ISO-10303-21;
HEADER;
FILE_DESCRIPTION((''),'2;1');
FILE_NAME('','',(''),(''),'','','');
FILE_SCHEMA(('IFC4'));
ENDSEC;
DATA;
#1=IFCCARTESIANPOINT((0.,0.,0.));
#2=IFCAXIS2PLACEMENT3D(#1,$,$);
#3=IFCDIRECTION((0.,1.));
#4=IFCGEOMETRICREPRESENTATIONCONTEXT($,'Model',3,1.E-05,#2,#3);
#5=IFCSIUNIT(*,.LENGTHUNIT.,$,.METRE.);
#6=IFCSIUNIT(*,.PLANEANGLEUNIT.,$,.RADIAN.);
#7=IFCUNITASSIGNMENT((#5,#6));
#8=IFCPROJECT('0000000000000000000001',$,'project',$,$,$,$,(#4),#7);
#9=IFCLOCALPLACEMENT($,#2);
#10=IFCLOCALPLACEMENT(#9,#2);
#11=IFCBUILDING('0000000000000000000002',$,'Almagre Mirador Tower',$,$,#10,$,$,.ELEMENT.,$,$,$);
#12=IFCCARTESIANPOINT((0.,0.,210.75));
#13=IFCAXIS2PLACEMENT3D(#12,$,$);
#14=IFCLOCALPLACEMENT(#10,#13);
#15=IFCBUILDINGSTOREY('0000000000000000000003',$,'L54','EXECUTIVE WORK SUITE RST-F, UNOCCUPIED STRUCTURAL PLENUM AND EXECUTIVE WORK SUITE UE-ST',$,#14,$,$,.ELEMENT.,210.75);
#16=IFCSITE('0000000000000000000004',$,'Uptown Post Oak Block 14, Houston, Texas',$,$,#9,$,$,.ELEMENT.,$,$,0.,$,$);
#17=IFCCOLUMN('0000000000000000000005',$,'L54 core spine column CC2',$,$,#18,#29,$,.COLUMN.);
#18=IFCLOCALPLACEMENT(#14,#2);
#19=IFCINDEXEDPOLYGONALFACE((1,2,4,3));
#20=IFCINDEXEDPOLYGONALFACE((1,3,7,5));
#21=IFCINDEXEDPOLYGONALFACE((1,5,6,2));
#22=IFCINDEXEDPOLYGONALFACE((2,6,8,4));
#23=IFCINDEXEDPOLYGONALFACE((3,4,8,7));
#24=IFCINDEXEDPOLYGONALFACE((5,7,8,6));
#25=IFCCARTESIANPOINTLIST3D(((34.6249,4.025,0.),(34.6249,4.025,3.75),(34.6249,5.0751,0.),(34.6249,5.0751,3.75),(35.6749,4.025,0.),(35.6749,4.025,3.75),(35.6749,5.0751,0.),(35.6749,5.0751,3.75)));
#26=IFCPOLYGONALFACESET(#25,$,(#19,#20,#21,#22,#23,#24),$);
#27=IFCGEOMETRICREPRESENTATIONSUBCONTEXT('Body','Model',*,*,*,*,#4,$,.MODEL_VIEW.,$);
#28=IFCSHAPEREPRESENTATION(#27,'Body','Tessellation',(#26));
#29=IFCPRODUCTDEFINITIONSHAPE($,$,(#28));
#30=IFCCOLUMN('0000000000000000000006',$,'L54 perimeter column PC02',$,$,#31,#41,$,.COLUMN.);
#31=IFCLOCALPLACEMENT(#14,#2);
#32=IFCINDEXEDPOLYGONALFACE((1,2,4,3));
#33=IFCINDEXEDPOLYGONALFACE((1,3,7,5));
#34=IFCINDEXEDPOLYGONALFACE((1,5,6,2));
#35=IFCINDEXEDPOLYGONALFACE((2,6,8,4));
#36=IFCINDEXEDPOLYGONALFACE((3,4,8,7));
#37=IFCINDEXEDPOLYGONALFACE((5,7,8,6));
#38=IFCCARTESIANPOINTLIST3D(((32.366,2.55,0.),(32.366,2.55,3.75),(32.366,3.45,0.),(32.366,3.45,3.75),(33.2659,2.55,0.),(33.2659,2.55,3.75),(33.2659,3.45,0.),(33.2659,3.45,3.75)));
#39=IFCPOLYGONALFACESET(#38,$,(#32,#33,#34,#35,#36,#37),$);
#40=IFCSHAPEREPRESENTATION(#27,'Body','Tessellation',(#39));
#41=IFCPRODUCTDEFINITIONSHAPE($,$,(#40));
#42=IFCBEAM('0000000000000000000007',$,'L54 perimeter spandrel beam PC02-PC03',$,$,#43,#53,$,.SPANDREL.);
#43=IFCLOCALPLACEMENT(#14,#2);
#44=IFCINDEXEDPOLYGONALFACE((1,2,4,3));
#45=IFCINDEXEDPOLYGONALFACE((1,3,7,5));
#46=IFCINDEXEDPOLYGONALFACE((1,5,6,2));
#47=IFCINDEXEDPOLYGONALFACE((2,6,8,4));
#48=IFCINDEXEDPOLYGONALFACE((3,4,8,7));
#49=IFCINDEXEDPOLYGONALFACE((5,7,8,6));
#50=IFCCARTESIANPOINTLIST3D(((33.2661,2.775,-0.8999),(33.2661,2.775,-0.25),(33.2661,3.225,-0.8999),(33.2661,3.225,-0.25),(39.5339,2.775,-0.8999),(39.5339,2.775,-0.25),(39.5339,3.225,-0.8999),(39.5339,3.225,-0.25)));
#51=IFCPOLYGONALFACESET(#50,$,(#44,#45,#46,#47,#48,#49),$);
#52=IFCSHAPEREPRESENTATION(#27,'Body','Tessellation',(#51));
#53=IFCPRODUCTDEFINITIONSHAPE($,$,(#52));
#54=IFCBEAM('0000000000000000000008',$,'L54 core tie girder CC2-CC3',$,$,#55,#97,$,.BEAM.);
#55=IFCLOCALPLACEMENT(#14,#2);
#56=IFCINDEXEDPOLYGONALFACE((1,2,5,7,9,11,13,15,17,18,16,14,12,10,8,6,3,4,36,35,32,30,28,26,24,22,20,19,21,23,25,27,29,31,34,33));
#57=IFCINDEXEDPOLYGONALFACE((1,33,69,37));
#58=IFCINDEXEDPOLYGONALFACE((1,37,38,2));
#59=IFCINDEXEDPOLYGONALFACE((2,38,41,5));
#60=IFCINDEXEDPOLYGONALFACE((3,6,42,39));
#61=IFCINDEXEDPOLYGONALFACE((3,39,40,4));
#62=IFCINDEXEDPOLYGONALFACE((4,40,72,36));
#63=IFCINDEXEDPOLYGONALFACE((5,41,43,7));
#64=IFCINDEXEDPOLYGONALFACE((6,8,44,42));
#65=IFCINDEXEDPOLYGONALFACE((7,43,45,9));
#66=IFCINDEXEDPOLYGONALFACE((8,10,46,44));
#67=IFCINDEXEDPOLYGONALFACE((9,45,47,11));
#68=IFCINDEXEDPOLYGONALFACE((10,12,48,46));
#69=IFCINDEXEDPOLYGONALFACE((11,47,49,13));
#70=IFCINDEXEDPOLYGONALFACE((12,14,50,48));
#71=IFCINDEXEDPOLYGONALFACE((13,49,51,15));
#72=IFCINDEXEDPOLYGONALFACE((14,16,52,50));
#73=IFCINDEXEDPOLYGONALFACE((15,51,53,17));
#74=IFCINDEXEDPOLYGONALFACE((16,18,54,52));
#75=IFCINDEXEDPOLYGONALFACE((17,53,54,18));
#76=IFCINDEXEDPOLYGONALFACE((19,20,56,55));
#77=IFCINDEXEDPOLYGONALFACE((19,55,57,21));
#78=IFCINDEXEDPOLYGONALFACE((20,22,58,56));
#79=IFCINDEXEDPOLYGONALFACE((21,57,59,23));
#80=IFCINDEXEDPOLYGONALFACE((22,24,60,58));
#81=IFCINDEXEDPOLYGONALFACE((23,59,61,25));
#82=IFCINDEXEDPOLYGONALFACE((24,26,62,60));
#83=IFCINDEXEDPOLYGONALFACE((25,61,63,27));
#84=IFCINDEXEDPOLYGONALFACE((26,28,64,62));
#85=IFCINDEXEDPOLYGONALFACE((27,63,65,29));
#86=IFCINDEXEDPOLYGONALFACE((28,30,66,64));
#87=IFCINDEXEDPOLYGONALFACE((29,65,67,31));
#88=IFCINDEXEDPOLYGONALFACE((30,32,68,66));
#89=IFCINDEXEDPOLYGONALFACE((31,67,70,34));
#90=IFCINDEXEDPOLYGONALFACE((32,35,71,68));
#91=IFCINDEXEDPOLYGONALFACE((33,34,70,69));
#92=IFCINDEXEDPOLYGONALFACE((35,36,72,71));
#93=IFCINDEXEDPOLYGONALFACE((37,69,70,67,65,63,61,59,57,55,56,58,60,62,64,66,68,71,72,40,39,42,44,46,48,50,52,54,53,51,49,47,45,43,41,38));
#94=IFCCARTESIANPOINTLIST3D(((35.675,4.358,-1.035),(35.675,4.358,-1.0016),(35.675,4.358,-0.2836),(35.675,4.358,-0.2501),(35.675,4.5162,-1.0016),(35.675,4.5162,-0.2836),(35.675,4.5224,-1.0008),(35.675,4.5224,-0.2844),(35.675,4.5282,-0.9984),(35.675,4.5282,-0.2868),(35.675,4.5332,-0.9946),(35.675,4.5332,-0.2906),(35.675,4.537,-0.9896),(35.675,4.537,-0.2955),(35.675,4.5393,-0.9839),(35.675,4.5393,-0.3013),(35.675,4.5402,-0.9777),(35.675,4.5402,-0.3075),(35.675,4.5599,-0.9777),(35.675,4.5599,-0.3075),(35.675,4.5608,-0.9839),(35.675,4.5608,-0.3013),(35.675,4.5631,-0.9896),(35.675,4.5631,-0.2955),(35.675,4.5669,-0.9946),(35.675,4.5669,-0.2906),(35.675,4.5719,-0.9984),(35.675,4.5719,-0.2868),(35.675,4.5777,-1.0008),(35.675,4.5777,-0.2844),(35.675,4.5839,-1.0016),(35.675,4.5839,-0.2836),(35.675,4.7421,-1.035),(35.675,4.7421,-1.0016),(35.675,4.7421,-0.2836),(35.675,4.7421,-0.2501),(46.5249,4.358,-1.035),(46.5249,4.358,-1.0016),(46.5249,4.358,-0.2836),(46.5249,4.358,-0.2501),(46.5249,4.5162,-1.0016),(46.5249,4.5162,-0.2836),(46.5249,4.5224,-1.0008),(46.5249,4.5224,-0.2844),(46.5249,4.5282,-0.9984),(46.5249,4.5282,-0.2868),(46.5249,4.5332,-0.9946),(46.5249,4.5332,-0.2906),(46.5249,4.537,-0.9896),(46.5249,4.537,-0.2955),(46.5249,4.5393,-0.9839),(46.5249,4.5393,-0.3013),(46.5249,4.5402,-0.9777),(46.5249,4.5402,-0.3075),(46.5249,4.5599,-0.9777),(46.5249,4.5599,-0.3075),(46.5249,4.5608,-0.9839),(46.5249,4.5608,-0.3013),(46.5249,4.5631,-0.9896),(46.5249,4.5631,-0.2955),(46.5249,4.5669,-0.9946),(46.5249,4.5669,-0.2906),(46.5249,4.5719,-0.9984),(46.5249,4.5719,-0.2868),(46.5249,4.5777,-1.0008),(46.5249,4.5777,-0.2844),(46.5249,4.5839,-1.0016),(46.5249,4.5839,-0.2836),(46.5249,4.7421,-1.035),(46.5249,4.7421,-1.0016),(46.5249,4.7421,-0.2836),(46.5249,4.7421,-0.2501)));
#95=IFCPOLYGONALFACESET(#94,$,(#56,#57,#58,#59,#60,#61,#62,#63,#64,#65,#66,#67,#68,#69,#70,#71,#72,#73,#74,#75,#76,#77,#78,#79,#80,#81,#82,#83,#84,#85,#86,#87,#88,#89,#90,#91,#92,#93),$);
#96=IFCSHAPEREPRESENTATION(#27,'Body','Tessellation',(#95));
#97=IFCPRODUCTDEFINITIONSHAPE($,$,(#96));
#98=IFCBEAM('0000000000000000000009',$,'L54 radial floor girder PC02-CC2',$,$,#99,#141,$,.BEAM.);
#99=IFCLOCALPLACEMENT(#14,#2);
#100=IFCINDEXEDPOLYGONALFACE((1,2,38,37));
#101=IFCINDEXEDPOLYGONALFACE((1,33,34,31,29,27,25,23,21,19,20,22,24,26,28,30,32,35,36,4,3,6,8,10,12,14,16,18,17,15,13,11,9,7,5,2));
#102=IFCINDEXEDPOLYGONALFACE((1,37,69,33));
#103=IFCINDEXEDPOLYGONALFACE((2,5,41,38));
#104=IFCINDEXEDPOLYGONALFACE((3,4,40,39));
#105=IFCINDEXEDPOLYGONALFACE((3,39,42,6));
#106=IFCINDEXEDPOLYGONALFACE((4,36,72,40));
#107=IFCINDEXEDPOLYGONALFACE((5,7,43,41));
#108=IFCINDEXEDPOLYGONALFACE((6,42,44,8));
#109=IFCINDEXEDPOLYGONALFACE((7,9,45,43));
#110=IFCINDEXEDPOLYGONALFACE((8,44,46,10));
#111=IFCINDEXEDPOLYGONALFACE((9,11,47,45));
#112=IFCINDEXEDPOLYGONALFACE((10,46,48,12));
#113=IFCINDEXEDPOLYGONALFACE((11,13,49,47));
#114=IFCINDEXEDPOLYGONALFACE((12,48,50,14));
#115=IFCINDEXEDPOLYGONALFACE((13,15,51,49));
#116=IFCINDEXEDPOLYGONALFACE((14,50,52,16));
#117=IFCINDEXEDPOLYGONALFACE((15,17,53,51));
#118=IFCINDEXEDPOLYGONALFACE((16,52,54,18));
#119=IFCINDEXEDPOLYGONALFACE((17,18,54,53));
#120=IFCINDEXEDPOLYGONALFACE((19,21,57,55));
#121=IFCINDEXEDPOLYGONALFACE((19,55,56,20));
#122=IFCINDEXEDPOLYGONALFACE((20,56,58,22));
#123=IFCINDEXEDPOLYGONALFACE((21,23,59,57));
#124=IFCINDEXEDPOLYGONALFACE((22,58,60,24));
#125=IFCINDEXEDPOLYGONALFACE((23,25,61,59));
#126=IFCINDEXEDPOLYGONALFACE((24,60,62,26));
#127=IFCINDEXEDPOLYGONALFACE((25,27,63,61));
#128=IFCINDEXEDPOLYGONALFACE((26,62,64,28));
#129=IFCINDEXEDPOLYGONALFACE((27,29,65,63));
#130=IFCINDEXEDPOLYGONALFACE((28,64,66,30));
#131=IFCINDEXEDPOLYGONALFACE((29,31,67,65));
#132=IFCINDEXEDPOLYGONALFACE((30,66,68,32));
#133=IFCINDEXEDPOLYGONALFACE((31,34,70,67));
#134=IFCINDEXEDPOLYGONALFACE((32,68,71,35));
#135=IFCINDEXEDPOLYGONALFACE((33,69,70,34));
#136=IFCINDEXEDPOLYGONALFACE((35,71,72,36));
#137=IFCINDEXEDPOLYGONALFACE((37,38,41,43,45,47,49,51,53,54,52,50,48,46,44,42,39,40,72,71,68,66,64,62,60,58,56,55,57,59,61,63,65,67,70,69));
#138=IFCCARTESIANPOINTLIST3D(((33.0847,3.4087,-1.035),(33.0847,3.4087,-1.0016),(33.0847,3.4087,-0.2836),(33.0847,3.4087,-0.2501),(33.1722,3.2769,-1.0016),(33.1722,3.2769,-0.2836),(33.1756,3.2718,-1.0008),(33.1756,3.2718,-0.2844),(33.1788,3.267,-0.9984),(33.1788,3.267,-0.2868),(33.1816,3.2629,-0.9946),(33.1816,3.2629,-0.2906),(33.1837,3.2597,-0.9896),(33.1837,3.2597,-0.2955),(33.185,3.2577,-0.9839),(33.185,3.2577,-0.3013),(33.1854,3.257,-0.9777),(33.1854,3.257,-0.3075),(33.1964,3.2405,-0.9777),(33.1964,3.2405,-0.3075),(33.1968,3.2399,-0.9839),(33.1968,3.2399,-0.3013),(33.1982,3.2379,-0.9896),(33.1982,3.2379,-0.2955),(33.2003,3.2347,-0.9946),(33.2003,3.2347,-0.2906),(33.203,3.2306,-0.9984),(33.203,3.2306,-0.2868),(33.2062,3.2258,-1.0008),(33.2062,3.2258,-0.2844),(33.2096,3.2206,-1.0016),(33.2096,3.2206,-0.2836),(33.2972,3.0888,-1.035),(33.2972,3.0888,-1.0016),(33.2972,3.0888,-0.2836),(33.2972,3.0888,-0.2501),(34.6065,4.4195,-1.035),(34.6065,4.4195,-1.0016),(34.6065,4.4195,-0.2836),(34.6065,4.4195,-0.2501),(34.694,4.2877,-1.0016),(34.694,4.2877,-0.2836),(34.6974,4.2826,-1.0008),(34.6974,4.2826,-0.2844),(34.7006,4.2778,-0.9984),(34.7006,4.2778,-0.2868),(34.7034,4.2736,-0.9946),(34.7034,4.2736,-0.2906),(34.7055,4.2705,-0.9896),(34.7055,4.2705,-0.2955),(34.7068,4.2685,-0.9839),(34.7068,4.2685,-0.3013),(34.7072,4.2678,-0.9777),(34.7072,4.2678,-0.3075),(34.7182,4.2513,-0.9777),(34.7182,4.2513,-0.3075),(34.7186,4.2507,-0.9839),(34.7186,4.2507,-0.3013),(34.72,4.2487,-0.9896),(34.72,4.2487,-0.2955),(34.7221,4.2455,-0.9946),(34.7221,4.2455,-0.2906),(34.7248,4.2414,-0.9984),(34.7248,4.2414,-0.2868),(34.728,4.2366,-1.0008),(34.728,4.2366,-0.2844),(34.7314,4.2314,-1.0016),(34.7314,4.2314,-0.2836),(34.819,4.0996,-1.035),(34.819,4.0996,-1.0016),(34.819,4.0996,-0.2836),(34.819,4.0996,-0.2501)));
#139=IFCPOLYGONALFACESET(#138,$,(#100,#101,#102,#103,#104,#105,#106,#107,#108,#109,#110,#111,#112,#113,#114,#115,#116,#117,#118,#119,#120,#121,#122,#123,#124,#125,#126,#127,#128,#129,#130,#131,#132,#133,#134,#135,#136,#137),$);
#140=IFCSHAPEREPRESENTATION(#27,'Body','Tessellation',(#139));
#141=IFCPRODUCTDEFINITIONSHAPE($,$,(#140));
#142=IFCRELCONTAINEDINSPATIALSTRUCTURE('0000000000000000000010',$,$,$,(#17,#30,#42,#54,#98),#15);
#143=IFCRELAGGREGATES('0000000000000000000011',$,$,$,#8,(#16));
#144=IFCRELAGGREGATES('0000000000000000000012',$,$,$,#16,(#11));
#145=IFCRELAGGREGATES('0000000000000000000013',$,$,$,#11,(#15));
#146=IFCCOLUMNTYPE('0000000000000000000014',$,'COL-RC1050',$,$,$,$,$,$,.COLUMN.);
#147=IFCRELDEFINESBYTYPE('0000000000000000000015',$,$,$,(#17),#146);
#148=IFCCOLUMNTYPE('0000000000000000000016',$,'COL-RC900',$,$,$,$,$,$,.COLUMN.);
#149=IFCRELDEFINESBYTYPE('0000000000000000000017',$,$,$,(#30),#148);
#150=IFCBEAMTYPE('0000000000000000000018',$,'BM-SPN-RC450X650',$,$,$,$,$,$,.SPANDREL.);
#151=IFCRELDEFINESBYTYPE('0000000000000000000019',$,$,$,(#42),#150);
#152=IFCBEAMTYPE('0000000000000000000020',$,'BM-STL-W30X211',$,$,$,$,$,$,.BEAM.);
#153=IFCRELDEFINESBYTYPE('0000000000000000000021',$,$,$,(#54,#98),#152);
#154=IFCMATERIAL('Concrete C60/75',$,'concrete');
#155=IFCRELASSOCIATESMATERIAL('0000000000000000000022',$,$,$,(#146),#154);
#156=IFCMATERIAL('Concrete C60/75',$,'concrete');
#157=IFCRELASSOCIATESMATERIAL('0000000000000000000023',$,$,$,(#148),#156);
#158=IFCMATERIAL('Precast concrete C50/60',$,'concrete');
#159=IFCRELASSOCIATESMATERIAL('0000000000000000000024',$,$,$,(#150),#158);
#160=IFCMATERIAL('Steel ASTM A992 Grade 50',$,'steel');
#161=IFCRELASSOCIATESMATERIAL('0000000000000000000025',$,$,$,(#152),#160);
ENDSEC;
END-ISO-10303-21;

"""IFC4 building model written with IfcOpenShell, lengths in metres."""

from ifc_helpers import new_model, si_unit, direction, frame, origin, origin_2d, place, context, subcontext, project, spatial, rectangle, i_section, extrude, material, material_profile, profile_set, type_object, element, save


model = new_model("IFC4")

# Units and contexts
model_context = context("Model", 3, precision=1e-05, world=origin(), true_north=direction((0.0, 1.0)))
body_context = subcontext(model_context, "Body", "Model", "MODEL_VIEW")
ifc_project = project(units=[si_unit("LENGTHUNIT", "METRE"), si_unit("PLANEANGLEUNIT", "RADIAN")], contexts=[model_context])

# Site, building, storey
site_placement = place(None, origin())
site = spatial("IfcSite", under=ifc_project, at=site_placement, Name="Uptown Post Oak Block 14, Houston, Texas", CompositionType="ELEMENT", RefElevation=0.0)
building_placement = place(site_placement, origin())
building = spatial("IfcBuilding", under=site, at=building_placement, Name="Almagre Mirador Tower", CompositionType="ELEMENT")
storey_placement = place(building_placement, frame((0.0, 0.0, 210.75)))
storey = spatial("IfcBuildingStorey", under=building, at=storey_placement, Name="L54", Description="EXECUTIVE WORK SUITE RST-F, UNOCCUPIED STRUCTURAL PLENUM AND EXECUTIVE WORK SUITE UE-ST", CompositionType="ELEMENT", Elevation=210.75)

# Columns
ifc_material_1 = material(Name="Concrete C60/75", Category="concrete")
ifc_material_profile_1 = material_profile(ifc_material_1, rectangle(XDim=1.05, YDim=1.05, at=origin_2d()), Name="RC1050X1050")
ifc_profile_set_1 = profile_set([ifc_material_profile_1], Name="Concrete C60/75")
column_type_1 = type_object("IfcColumnType", Name="COL-RC1050", PredefinedType="COLUMN", material=ifc_profile_set_1)
column_1_placement = place(storey_placement, frame((35.1499, 4.55, 0.0), z_axis=(0.0, 0.0, 1.0), x_axis=(1.0, 0.0, 0.0)))
element("IfcColumn", 1, at=column_1_placement, inside=storey, type_object=column_type_1, Name="L54 core spine column CC2", PredefinedType="COLUMN", context=body_context, shape_type="SweptSolid", body=[
    extrude(rectangle(XDim=1.05, YDim=1.05, at=origin_2d()), origin(), (0.0, 0.0, 1.0), 3.75),
])
ifc_material_2 = material(Name="Concrete C60/75", Category="concrete")
ifc_material_profile_2 = material_profile(ifc_material_2, rectangle(XDim=0.8999, YDim=0.8999, at=origin_2d()), Name="RC900X900")
ifc_profile_set_2 = profile_set([ifc_material_profile_2], Name="Concrete C60/75")
column_type_2 = type_object("IfcColumnType", Name="COL-RC900", PredefinedType="COLUMN", material=ifc_profile_set_2)
column_2_placement = place(storey_placement, frame((32.8159, 3.0, 0.0), z_axis=(0.0, 0.0, 1.0), x_axis=(1.0, 0.0, 0.0)))
element("IfcColumn", 2, at=column_2_placement, inside=storey, type_object=column_type_2, Name="L54 perimeter column PC02", PredefinedType="COLUMN", context=body_context, shape_type="SweptSolid", body=[
    extrude(rectangle(XDim=0.8999, YDim=0.8999, at=origin_2d()), origin(), (0.0, 0.0, 1.0), 3.75),
])

# Beams
ifc_material_3 = material(Name="Precast concrete C50/60", Category="concrete")
ifc_material_profile_3 = material_profile(ifc_material_3, rectangle(XDim=0.45, YDim=0.6499, at=origin_2d()), Name="RC450X650")
ifc_profile_set_3 = profile_set([ifc_material_profile_3], Name="Precast concrete C50/60")
beam_type_1 = type_object("IfcBeamType", Name="BM-SPN-RC450X650", PredefinedType="SPANDREL", material=ifc_profile_set_3)
beam_1_placement = place(storey_placement, frame((33.2661, 3.0, -0.575), z_axis=(1.0, 0.0, 0.0), x_axis=(0.0, 1.0, 0.0)))
element("IfcBeam", 3, at=beam_1_placement, inside=storey, type_object=beam_type_1, Name="L54 perimeter spandrel beam PC02-PC03", PredefinedType="SPANDREL", context=body_context, shape_type="SweptSolid", body=[
    extrude(rectangle(XDim=0.45, YDim=0.6499, at=origin_2d()), origin(), (0.0, 0.0, 1.0), 6.2678),
])
ifc_material_4 = material(Name="Steel ASTM A992 Grade 50", Category="steel")
ifc_material_profile_4 = material_profile(ifc_material_4, i_section(OverallWidth=0.384, OverallDepth=0.7849, WebThickness=0.0198, FlangeThickness=0.0334, FilletRadius=0.0239, at=origin_2d()), Name="W30X211")
ifc_profile_set_4 = profile_set([ifc_material_profile_4], Name="Steel ASTM A992 Grade 50")
beam_type_2 = type_object("IfcBeamType", Name="BM-STL-W30X211", PredefinedType="BEAM", material=ifc_profile_set_4)
beam_2_placement = place(storey_placement, frame((35.675, 4.55, -0.6426), z_axis=(1.0, 0.0, 0.0), x_axis=(0.0, 1.0, 0.0)))
element("IfcBeam", 4, at=beam_2_placement, inside=storey, type_object=beam_type_2, Name="L54 core tie girder CC2-CC3", PredefinedType="BEAM", context=body_context, shape_type="SweptSolid", body=[
    extrude(i_section(OverallWidth=0.384, OverallDepth=0.7849, WebThickness=0.0198, FlangeThickness=0.0334, FilletRadius=0.0239, at=origin_2d()), origin(), (0.0, 0.0, 1.0), 10.8499),
])
beam_3_placement = place(storey_placement, frame((33.1909, 3.2488, -0.6426), z_axis=(0.832995, 0.553281, 0.0), x_axis=(-0.553281, 0.832995, 0.0)))
element("IfcBeam", 5, at=beam_3_placement, inside=storey, type_object=beam_type_2, Name="L54 radial floor girder PC02-CC2", PredefinedType="BEAM", context=body_context, shape_type="SweptSolid", body=[
    extrude(i_section(OverallWidth=0.384, OverallDepth=0.7849, WebThickness=0.0198, FlangeThickness=0.0334, FilletRadius=0.0239, at=origin_2d()), origin(), (0.0, 0.0, 1.0), 1.8269),
])

save(model, "model.ifc")
